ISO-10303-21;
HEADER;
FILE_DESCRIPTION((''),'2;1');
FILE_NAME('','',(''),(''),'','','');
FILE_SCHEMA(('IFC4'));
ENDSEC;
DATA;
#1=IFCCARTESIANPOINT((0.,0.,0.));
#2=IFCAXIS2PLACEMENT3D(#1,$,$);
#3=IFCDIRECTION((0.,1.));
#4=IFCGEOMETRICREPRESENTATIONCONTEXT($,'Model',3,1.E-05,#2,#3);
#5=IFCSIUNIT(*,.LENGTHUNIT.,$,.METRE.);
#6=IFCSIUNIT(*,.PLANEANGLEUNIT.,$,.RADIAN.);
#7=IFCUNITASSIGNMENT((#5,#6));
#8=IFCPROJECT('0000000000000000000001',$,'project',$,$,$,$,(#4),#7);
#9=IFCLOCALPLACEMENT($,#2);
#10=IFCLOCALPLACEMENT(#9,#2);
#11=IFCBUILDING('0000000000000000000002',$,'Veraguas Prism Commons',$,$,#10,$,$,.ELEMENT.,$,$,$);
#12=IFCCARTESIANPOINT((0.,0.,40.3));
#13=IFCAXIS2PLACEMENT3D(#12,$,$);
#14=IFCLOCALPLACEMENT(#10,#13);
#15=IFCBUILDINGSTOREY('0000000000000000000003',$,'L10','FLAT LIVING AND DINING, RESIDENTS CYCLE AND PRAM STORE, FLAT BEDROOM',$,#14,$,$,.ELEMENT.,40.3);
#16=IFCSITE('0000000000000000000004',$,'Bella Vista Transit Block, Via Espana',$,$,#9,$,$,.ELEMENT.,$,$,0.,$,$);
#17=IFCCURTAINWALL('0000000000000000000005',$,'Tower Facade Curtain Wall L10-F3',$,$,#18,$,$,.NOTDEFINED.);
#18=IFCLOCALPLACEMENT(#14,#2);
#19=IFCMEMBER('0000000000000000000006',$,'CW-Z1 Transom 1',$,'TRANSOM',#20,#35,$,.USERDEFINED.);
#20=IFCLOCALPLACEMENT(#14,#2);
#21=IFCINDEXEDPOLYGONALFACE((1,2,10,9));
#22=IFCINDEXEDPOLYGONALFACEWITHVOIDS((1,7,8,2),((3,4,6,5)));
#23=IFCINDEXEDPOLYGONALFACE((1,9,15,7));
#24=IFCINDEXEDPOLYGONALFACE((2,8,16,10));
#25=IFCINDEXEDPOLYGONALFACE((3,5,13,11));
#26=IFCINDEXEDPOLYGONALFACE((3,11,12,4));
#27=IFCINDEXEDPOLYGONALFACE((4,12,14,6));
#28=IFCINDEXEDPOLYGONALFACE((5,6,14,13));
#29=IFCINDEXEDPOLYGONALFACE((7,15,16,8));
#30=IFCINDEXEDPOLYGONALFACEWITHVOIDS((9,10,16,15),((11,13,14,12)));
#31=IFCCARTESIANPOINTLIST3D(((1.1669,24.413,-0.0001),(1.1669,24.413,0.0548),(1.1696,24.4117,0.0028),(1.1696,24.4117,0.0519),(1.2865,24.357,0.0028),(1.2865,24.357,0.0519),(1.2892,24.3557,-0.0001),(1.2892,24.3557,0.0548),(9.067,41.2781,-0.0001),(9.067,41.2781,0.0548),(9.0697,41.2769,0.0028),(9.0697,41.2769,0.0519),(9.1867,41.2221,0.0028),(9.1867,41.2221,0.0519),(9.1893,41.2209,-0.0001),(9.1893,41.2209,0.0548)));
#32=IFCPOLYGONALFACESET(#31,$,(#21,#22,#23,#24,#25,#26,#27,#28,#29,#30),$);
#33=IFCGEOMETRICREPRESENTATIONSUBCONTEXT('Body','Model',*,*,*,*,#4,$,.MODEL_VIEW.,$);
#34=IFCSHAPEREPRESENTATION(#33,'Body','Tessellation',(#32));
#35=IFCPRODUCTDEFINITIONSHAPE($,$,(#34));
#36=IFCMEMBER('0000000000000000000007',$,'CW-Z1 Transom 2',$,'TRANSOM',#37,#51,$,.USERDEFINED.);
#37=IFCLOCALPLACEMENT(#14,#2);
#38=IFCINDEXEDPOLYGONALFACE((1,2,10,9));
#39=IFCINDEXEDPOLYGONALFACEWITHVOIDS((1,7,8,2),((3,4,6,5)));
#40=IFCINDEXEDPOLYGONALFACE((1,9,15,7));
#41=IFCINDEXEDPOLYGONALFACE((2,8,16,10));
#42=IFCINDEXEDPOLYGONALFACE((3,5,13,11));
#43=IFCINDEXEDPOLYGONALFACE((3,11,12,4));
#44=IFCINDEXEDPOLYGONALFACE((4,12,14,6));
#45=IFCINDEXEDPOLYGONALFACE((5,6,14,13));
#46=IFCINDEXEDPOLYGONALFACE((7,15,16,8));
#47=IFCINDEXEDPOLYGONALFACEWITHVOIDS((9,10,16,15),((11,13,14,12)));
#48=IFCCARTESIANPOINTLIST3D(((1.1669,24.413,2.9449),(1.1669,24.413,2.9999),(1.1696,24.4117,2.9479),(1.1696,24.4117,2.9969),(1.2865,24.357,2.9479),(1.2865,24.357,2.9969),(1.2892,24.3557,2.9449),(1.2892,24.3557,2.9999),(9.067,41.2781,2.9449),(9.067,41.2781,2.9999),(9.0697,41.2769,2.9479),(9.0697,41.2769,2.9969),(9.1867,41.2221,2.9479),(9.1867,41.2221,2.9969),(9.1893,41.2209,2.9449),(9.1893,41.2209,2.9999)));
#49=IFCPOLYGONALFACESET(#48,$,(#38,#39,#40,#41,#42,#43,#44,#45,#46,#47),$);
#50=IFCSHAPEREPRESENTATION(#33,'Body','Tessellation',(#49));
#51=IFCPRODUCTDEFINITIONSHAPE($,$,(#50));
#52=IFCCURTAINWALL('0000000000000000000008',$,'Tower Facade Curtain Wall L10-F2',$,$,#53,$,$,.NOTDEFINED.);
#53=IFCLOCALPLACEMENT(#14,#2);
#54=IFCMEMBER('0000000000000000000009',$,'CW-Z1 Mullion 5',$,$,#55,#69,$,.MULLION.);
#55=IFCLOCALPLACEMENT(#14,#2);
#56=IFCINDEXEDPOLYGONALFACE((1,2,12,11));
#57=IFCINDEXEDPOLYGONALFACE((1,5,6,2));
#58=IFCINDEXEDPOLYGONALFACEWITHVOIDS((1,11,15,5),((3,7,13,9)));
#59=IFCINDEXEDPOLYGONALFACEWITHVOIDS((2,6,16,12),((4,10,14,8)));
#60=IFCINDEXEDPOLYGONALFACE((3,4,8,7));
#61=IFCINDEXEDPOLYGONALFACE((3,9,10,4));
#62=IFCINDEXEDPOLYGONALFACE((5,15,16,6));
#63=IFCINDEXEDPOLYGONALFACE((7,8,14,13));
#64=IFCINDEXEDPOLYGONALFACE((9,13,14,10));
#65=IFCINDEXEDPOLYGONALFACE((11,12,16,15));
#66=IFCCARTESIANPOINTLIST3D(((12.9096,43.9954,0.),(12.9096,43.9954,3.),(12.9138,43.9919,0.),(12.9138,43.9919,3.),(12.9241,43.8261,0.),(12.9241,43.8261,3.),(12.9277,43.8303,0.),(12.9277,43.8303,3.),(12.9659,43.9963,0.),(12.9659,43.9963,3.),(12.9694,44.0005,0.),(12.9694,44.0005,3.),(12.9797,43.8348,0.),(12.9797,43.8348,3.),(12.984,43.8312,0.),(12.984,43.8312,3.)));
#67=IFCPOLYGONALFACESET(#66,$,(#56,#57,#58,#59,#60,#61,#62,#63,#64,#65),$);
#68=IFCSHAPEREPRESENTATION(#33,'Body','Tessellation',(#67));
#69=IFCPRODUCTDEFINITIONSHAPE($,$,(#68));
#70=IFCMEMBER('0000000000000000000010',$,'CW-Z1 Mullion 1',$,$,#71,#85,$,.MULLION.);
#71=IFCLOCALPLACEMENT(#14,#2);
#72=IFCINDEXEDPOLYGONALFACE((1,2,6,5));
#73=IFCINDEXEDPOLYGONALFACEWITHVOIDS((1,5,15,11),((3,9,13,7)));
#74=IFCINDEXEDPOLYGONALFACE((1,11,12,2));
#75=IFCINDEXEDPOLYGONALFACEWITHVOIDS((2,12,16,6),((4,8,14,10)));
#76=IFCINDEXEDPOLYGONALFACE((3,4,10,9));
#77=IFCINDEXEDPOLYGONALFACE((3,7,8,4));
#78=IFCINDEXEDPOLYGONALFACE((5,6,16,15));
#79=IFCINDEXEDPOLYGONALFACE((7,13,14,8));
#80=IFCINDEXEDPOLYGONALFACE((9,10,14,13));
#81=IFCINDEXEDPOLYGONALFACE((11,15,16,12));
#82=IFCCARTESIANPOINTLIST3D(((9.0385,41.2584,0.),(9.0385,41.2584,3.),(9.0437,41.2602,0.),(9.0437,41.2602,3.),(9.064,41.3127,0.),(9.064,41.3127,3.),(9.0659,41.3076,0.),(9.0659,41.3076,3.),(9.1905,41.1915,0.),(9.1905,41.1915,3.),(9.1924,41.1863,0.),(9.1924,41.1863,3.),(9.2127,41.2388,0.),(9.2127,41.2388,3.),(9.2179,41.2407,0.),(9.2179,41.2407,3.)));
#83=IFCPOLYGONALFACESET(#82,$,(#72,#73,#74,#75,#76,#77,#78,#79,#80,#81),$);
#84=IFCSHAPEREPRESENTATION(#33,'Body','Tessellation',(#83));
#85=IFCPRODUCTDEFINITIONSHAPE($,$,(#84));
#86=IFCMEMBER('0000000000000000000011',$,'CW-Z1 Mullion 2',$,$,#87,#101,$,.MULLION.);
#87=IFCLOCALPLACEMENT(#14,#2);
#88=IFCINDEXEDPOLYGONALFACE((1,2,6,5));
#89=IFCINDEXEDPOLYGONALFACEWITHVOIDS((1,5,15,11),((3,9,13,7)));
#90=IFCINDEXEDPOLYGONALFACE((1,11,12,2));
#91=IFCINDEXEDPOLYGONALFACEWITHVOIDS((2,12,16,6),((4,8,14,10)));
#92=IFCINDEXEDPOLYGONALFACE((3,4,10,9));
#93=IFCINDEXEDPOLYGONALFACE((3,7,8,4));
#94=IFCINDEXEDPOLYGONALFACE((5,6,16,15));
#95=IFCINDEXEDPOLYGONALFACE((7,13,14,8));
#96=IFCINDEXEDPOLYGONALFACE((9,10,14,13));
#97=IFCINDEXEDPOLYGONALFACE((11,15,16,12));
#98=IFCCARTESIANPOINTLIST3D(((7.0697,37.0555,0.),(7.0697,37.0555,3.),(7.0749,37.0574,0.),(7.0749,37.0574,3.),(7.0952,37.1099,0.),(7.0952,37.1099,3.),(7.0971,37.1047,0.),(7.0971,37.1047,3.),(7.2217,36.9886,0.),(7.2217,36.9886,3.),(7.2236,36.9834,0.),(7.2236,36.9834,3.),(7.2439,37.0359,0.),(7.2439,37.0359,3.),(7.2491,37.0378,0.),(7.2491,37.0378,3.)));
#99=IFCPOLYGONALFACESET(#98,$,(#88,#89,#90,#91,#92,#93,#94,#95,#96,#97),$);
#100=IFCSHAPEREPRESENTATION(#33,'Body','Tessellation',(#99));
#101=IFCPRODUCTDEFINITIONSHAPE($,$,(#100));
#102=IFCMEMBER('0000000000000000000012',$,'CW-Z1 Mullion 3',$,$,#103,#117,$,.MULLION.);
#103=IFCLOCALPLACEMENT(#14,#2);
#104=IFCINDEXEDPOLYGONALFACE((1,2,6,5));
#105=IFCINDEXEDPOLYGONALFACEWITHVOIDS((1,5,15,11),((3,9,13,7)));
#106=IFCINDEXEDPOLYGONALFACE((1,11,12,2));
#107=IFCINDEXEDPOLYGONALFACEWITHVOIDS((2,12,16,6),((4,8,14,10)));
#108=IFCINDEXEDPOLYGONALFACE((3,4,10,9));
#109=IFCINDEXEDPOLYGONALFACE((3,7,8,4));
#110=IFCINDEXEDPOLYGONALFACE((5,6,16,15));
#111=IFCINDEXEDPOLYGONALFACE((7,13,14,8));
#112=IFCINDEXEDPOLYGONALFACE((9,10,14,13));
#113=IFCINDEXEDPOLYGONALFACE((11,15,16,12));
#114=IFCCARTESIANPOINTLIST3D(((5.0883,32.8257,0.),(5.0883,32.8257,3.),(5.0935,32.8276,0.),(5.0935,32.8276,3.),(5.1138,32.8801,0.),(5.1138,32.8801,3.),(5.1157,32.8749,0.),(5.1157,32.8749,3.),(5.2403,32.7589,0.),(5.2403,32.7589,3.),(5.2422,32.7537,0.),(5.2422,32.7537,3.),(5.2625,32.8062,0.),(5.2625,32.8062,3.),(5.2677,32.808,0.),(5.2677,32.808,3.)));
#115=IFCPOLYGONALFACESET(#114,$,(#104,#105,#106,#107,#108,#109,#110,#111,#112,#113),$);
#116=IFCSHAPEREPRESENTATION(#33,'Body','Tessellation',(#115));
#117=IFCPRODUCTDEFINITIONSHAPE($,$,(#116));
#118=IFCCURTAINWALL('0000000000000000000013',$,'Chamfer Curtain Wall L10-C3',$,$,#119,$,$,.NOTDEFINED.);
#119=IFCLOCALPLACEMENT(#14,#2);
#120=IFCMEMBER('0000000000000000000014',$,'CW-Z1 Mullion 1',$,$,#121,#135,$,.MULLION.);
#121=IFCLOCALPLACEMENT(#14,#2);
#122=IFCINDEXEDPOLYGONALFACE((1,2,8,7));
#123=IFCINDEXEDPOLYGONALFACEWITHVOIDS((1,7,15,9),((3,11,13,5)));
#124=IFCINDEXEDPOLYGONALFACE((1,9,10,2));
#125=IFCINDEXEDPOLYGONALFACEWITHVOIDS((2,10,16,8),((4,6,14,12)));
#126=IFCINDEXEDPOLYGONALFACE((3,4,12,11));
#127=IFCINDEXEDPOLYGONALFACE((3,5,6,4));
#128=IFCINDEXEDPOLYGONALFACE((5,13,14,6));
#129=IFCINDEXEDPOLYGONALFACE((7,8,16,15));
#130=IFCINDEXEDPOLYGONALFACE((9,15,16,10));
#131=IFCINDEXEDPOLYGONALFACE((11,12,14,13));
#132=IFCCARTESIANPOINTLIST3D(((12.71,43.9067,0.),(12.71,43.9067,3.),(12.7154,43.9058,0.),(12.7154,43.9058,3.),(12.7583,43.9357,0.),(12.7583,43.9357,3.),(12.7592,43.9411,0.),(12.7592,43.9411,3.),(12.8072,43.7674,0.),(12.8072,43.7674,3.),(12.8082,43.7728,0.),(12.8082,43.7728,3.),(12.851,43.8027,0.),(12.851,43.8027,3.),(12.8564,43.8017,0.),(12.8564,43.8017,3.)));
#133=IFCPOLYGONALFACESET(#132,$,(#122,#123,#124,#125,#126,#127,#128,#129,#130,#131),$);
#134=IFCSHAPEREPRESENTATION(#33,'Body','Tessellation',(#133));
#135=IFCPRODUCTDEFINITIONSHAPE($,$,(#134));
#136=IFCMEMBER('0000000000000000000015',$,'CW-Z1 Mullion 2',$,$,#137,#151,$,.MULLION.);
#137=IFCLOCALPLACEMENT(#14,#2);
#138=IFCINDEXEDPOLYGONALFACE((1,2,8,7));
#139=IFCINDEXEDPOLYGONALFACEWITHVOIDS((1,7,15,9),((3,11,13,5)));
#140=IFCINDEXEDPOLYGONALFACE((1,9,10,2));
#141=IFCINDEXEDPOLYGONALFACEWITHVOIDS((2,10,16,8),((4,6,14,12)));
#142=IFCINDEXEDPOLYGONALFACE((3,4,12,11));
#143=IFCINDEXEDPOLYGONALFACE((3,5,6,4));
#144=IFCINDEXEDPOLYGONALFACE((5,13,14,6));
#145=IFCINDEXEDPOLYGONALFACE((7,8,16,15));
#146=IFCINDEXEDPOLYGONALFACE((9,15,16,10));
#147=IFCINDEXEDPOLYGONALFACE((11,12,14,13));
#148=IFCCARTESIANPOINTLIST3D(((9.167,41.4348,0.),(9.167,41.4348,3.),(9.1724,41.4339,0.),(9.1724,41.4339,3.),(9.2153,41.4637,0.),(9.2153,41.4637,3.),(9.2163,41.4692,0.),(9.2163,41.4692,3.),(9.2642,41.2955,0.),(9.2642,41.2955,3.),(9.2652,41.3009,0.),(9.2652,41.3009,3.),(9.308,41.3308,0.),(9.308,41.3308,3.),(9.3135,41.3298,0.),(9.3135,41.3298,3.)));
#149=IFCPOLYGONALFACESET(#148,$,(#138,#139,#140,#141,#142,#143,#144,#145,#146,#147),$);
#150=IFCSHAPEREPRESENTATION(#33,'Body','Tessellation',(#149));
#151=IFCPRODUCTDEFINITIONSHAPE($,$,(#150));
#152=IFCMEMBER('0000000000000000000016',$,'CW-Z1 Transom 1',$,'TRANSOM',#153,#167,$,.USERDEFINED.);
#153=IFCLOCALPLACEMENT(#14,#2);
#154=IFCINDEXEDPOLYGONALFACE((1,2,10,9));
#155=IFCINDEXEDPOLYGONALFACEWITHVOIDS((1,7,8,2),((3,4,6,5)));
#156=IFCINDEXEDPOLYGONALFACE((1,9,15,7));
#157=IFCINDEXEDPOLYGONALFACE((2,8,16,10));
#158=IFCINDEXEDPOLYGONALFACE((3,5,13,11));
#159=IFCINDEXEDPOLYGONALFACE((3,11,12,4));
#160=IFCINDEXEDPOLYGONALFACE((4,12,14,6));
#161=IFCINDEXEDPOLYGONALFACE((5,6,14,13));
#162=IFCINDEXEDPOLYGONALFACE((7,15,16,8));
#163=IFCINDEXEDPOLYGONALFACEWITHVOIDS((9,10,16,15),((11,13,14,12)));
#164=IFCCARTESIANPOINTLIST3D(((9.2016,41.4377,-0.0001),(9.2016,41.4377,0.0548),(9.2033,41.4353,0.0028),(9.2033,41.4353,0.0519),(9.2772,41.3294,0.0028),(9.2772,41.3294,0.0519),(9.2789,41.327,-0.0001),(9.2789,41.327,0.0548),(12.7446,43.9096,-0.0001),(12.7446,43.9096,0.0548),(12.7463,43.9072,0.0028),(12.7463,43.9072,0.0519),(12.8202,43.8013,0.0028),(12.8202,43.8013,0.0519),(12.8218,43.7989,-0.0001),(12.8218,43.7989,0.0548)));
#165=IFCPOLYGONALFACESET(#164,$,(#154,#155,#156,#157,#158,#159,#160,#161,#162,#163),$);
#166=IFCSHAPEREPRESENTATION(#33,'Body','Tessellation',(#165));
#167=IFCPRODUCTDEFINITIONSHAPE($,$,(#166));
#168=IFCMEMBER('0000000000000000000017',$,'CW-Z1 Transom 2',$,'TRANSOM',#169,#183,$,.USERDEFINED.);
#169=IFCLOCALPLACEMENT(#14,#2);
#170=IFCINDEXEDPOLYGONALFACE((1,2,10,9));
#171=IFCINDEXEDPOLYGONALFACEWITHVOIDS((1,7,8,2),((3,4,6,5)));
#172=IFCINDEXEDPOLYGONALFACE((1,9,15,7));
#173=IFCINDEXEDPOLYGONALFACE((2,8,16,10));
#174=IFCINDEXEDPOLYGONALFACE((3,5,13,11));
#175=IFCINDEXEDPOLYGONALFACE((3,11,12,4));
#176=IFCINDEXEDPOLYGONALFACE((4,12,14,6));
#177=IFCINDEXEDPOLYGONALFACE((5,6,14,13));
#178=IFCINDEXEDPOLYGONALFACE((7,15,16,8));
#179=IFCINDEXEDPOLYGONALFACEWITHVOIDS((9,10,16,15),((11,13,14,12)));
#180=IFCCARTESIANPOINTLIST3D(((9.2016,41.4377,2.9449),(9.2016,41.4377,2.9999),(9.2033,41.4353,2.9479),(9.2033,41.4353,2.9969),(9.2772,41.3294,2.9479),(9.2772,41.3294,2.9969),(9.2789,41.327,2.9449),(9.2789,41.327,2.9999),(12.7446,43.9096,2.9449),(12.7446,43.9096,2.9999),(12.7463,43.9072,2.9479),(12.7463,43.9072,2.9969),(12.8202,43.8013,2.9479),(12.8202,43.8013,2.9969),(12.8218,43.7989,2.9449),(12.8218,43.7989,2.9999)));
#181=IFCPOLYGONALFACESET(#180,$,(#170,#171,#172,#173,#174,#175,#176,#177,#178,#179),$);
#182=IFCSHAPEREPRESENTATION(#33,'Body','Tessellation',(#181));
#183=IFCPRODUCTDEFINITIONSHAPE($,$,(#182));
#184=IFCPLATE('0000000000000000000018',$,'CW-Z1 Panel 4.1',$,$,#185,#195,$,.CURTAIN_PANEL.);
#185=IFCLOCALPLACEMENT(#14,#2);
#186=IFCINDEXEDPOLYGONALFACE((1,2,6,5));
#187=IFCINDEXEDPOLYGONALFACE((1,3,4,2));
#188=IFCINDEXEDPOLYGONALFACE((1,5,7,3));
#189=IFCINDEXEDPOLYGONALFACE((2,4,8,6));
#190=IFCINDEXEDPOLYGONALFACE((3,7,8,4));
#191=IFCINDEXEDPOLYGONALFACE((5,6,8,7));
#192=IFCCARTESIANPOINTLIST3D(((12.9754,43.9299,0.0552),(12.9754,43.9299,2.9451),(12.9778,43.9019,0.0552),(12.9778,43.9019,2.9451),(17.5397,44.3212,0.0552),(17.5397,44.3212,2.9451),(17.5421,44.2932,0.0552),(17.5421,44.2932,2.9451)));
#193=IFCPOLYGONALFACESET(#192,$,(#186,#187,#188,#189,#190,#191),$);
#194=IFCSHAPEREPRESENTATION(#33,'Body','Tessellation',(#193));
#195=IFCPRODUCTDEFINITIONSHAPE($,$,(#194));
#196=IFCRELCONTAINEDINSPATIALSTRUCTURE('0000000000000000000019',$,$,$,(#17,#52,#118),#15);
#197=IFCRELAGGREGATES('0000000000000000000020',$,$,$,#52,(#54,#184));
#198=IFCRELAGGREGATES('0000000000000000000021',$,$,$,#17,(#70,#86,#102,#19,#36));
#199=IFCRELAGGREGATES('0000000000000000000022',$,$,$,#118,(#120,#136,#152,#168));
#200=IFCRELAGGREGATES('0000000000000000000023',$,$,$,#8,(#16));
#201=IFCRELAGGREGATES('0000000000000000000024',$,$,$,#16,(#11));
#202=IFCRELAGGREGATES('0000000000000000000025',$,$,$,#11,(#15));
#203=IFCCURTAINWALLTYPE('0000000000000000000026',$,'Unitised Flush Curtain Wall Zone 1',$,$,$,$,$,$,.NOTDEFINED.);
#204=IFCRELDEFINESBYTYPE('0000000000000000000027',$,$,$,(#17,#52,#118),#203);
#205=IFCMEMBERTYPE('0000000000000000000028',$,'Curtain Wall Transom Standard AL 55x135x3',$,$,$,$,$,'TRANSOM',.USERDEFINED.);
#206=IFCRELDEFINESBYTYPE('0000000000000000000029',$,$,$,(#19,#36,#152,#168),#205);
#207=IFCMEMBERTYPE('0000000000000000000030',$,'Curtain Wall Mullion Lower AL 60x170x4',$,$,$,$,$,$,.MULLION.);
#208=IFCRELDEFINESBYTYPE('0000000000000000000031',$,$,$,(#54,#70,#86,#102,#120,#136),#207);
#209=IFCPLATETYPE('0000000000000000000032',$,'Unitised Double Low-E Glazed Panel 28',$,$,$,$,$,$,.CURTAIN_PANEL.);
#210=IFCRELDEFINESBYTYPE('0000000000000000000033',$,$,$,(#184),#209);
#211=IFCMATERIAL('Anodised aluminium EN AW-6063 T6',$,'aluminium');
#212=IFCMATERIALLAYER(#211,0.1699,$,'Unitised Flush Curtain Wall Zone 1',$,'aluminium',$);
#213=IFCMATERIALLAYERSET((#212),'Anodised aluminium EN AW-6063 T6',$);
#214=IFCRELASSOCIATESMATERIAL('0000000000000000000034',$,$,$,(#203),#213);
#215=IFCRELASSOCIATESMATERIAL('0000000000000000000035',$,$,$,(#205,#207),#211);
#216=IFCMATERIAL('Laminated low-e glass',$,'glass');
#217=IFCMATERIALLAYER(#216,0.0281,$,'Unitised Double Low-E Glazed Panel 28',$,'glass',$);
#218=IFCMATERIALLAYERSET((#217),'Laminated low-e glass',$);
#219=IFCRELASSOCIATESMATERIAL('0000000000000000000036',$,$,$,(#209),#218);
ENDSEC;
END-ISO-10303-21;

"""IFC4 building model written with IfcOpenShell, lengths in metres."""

from ifc_helpers import new_model, si_unit, direction, frame, origin, origin_2d, place, context, subcontext, project, spatial, rectangle, hollow_rectangle, extrude, source, transform, mapped, material, layer, layer_set, material_profile, profile_set, type_object, element, aggregate, save


model = new_model("IFC4")

# Units and contexts
model_context = context("Model", 3, precision=1e-05, world=origin(), true_north=direction((0.0, 1.0)))
body_context = subcontext(model_context, "Body", "Model", "MODEL_VIEW")
ifc_project = project(units=[si_unit("LENGTHUNIT", "METRE"), si_unit("PLANEANGLEUNIT", "RADIAN")], contexts=[model_context])

# Site, building, storey
site_placement = place(None, origin())
site = spatial("IfcSite", under=ifc_project, at=site_placement, Name="Bella Vista Transit Block, Via Espana", CompositionType="ELEMENT", RefElevation=0.0)
building_placement = place(site_placement, origin())
building = spatial("IfcBuilding", under=site, at=building_placement, Name="Veraguas Prism Commons", CompositionType="ELEMENT")
storey_placement = place(building_placement, frame((0.0, 0.0, 40.3)))
storey = spatial("IfcBuildingStorey", under=building, at=storey_placement, Name="L10", Description="FLAT LIVING AND DINING, RESIDENTS CYCLE AND PRAM STORE, FLAT BEDROOM", CompositionType="ELEMENT", Elevation=40.3)

# Curtain wall, members
ifc_material_1 = material(Name="Anodised aluminium EN AW-6063 T6", Category="aluminium")
ifc_layer_1 = layer(ifc_material_1, 0.1699, Name="Unitised Flush Curtain Wall Zone 1", Category="aluminium")
ifc_layer_set_1 = layer_set([ifc_layer_1], Name="Anodised aluminium EN AW-6063 T6")
curtain_wall_type = type_object("IfcCurtainWallType", Name="Unitised Flush Curtain Wall Zone 1", PredefinedType="NOTDEFINED", material=ifc_layer_set_1)
curtain_wall_1_placement = place(storey_placement, origin())
curtain_wall_1 = element("IfcCurtainWall", 1, at=curtain_wall_1_placement, inside=storey, type_object=curtain_wall_type, Name="Tower Facade Curtain Wall L10-F3", PredefinedType="NOTDEFINED")
ifc_material_profile_1 = material_profile(ifc_material_1, hollow_rectangle(XDim=0.0549, YDim=0.135, WallThickness=0.0029, at=origin_2d()), Name="AL55X135X3")
ifc_profile_set_1 = profile_set([ifc_material_profile_1], Name="Anodised aluminium EN AW-6063 T6")
member_type_1 = type_object("IfcMemberType", Name="Curtain Wall Transom Standard AL 55x135x3", ElementType="TRANSOM", PredefinedType="USERDEFINED", material=ifc_profile_set_1)
shared_shape_1 = source(origin(), body_context, "Body", "SweptSolid", [
    extrude(hollow_rectangle(XDim=0.0549, YDim=0.135, WallThickness=0.0029, at=origin_2d()), origin(), (0.0, 0.0, 1.0), 18.6238),
])
member_1_placement = place(storey_placement, frame((9.1282, 41.2495, 0.0273), z_axis=(-0.424195, -0.905571, 0.0), x_axis=(0.0, 0.0, 1.0)))
member_1 = element("IfcMember", 2, at=member_1_placement, type_object=member_type_1, Name="CW-Z1 Transom 1", ObjectType="TRANSOM", PredefinedType="USERDEFINED", context=body_context, shape_type="MappedRepresentation", body=[
    mapped(shared_shape_1, transform((0.0, 0.0, 0.0), scale=1.0)),
])
member_2_placement = place(storey_placement, frame((9.1282, 41.2495, 2.9724), z_axis=(-0.424195, -0.905571, 0.0), x_axis=(0.0, 0.0, 1.0)))
member_2 = element("IfcMember", 3, at=member_2_placement, type_object=member_type_1, Name="CW-Z1 Transom 2", ObjectType="TRANSOM", PredefinedType="USERDEFINED", context=body_context, shape_type="MappedRepresentation", body=[
    mapped(shared_shape_1, transform((0.0, 0.0, 0.0), scale=1.0)),
])

# Curtain wall, member
curtain_wall_2_placement = place(storey_placement, origin())
curtain_wall_2 = element("IfcCurtainWall", 4, at=curtain_wall_2_placement, inside=storey, type_object=curtain_wall_type, Name="Tower Facade Curtain Wall L10-F2", PredefinedType="NOTDEFINED")
ifc_material_profile_2 = material_profile(ifc_material_1, hollow_rectangle(XDim=0.0601, YDim=0.1699, WallThickness=0.0039, at=origin_2d()), Name="AL60X170X4")
ifc_profile_set_2 = profile_set([ifc_material_profile_2], Name="Anodised aluminium EN AW-6063 T6")
member_type_2 = type_object("IfcMemberType", Name="Curtain Wall Mullion Lower AL 60x170x4", PredefinedType="MULLION", material=ifc_profile_set_2)
shared_shape_2 = source(origin(), body_context, "Body", "SweptSolid", [
    extrude(hollow_rectangle(XDim=0.0601, YDim=0.1699, WallThickness=0.0039, at=origin_2d()), origin(), (0.0, 0.0, 1.0), 3.0),
])
member_3_placement = place(storey_placement, frame((12.9468, 43.9133, 0.0), z_axis=(0.0, 0.0, 1.0), x_axis=(-0.996345, -0.085417, 0.0)))
member_3 = element("IfcMember", 5, at=member_3_placement, type_object=member_type_2, Name="CW-Z1 Mullion 5", PredefinedType="MULLION", context=body_context, shape_type="MappedRepresentation", body=[
    mapped(shared_shape_2, transform((0.0, 0.0, 0.0), scale=1.0)),
])

# Members
member_4_placement = place(storey_placement, frame((9.1282, 41.2495, 0.0), z_axis=(0.0, 0.0, 1.0), x_axis=(-0.424195, -0.905571, 0.0)))
member_4 = element("IfcMember", 6, at=member_4_placement, type_object=member_type_2, Name="CW-Z1 Mullion 1", PredefinedType="MULLION", context=body_context, shape_type="MappedRepresentation", body=[
    mapped(shared_shape_2, transform((0.0, 0.0, 0.0), scale=1.0)),
])
member_5_placement = place(storey_placement, frame((7.1594, 37.0466, 0.0), z_axis=(0.0, 0.0, 1.0), x_axis=(-0.424195, -0.905571, 0.0)))
member_5 = element("IfcMember", 7, at=member_5_placement, type_object=member_type_2, Name="CW-Z1 Mullion 2", PredefinedType="MULLION", context=body_context, shape_type="MappedRepresentation", body=[
    mapped(shared_shape_2, transform((0.0, 0.0, 0.0), scale=1.0)),
])
member_6_placement = place(storey_placement, frame((5.178, 32.8169, 0.0), z_axis=(0.0, 0.0, 1.0), x_axis=(-0.424195, -0.905571, 0.0)))
member_6 = element("IfcMember", 8, at=member_6_placement, type_object=member_type_2, Name="CW-Z1 Mullion 3", PredefinedType="MULLION", context=body_context, shape_type="MappedRepresentation", body=[
    mapped(shared_shape_2, transform((0.0, 0.0, 0.0), scale=1.0)),
])

# Curtain wall, members
curtain_wall_3_placement = place(storey_placement, origin())
curtain_wall_3 = element("IfcCurtainWall", 9, at=curtain_wall_3_placement, inside=storey, type_object=curtain_wall_type, Name="Chamfer Curtain Wall L10-C3", PredefinedType="NOTDEFINED")
member_7_placement = place(storey_placement, frame((12.7832, 43.8542, 0.0), z_axis=(0.0, 0.0, 1.0), x_axis=(-0.820144, -0.572157, 0.0)))
member_7 = element("IfcMember", 10, at=member_7_placement, type_object=member_type_2, Name="CW-Z1 Mullion 1", PredefinedType="MULLION", context=body_context, shape_type="MappedRepresentation", body=[
    mapped(shared_shape_2, transform((0.0, 0.0, 0.0), scale=1.0)),
])
member_8_placement = place(storey_placement, frame((9.2402, 41.3823, 0.0), z_axis=(0.0, 0.0, 1.0), x_axis=(-0.820144, -0.572157, 0.0)))
member_8 = element("IfcMember", 11, at=member_8_placement, type_object=member_type_2, Name="CW-Z1 Mullion 2", PredefinedType="MULLION", context=body_context, shape_type="MappedRepresentation", body=[
    mapped(shared_shape_2, transform((0.0, 0.0, 0.0), scale=1.0)),
])
shared_shape_3 = source(origin(), body_context, "Body", "SweptSolid", [
    extrude(hollow_rectangle(XDim=0.0549, YDim=0.135, WallThickness=0.0029, at=origin_2d()), origin(), (0.0, 0.0, 1.0), 4.3201),
])
member_9_placement = place(storey_placement, frame((12.7832, 43.8542, 0.0273), z_axis=(-0.820118, -0.572195, 0.0), x_axis=(0.0, 0.0, 1.0)))
member_9 = element("IfcMember", 12, at=member_9_placement, type_object=member_type_1, Name="CW-Z1 Transom 1", ObjectType="TRANSOM", PredefinedType="USERDEFINED", context=body_context, shape_type="MappedRepresentation", body=[
    mapped(shared_shape_3, transform((0.0, 0.0, 0.0), scale=1.0)),
])
member_10_placement = place(storey_placement, frame((12.7832, 43.8542, 2.9724), z_axis=(-0.820118, -0.572195, 0.0), x_axis=(0.0, 0.0, 1.0)))
member_10 = element("IfcMember", 13, at=member_10_placement, type_object=member_type_1, Name="CW-Z1 Transom 2", ObjectType="TRANSOM", PredefinedType="USERDEFINED", context=body_context, shape_type="MappedRepresentation", body=[
    mapped(shared_shape_3, transform((0.0, 0.0, 0.0), scale=1.0)),
])

# Plate
ifc_material_2 = material(Name="Laminated low-e glass", Category="glass")
ifc_layer_2 = layer(ifc_material_2, 0.0281, Name="Unitised Double Low-E Glazed Panel 28", Category="glass")
ifc_layer_set_2 = layer_set([ifc_layer_2], Name="Laminated low-e glass")
plate_type = type_object("IfcPlateType", Name="Unitised Double Low-E Glazed Panel 28", PredefinedType="CURTAIN_PANEL", material=ifc_layer_set_2)
shared_shape_4 = source(origin(), body_context, "Body", "SweptSolid", [
    extrude(rectangle(XDim=4.5811, YDim=0.0281, at=origin_2d()), origin(), (0.0, 0.0, 1.0), 2.8899),
])
plate_1_placement = place(storey_placement, frame((15.2588, 44.1116, 0.0552), z_axis=(0.0, 0.0, 1.0), x_axis=(-0.996345, -0.085417, 0.0)))
plate_1 = element("IfcPlate", 14, at=plate_1_placement, type_object=plate_type, Name="CW-Z1 Panel 4.1", PredefinedType="CURTAIN_PANEL", context=body_context, shape_type="MappedRepresentation", body=[
    mapped(shared_shape_4, transform((0.0, 0.0, 0.0), scale=1.0)),
])
aggregate(curtain_wall_2, [member_3, plate_1])
aggregate(curtain_wall_1, [member_4, member_5, member_6, member_1, member_2])
aggregate(curtain_wall_3, [member_7, member_8, member_9, member_10])

save(model, "model.ifc")
